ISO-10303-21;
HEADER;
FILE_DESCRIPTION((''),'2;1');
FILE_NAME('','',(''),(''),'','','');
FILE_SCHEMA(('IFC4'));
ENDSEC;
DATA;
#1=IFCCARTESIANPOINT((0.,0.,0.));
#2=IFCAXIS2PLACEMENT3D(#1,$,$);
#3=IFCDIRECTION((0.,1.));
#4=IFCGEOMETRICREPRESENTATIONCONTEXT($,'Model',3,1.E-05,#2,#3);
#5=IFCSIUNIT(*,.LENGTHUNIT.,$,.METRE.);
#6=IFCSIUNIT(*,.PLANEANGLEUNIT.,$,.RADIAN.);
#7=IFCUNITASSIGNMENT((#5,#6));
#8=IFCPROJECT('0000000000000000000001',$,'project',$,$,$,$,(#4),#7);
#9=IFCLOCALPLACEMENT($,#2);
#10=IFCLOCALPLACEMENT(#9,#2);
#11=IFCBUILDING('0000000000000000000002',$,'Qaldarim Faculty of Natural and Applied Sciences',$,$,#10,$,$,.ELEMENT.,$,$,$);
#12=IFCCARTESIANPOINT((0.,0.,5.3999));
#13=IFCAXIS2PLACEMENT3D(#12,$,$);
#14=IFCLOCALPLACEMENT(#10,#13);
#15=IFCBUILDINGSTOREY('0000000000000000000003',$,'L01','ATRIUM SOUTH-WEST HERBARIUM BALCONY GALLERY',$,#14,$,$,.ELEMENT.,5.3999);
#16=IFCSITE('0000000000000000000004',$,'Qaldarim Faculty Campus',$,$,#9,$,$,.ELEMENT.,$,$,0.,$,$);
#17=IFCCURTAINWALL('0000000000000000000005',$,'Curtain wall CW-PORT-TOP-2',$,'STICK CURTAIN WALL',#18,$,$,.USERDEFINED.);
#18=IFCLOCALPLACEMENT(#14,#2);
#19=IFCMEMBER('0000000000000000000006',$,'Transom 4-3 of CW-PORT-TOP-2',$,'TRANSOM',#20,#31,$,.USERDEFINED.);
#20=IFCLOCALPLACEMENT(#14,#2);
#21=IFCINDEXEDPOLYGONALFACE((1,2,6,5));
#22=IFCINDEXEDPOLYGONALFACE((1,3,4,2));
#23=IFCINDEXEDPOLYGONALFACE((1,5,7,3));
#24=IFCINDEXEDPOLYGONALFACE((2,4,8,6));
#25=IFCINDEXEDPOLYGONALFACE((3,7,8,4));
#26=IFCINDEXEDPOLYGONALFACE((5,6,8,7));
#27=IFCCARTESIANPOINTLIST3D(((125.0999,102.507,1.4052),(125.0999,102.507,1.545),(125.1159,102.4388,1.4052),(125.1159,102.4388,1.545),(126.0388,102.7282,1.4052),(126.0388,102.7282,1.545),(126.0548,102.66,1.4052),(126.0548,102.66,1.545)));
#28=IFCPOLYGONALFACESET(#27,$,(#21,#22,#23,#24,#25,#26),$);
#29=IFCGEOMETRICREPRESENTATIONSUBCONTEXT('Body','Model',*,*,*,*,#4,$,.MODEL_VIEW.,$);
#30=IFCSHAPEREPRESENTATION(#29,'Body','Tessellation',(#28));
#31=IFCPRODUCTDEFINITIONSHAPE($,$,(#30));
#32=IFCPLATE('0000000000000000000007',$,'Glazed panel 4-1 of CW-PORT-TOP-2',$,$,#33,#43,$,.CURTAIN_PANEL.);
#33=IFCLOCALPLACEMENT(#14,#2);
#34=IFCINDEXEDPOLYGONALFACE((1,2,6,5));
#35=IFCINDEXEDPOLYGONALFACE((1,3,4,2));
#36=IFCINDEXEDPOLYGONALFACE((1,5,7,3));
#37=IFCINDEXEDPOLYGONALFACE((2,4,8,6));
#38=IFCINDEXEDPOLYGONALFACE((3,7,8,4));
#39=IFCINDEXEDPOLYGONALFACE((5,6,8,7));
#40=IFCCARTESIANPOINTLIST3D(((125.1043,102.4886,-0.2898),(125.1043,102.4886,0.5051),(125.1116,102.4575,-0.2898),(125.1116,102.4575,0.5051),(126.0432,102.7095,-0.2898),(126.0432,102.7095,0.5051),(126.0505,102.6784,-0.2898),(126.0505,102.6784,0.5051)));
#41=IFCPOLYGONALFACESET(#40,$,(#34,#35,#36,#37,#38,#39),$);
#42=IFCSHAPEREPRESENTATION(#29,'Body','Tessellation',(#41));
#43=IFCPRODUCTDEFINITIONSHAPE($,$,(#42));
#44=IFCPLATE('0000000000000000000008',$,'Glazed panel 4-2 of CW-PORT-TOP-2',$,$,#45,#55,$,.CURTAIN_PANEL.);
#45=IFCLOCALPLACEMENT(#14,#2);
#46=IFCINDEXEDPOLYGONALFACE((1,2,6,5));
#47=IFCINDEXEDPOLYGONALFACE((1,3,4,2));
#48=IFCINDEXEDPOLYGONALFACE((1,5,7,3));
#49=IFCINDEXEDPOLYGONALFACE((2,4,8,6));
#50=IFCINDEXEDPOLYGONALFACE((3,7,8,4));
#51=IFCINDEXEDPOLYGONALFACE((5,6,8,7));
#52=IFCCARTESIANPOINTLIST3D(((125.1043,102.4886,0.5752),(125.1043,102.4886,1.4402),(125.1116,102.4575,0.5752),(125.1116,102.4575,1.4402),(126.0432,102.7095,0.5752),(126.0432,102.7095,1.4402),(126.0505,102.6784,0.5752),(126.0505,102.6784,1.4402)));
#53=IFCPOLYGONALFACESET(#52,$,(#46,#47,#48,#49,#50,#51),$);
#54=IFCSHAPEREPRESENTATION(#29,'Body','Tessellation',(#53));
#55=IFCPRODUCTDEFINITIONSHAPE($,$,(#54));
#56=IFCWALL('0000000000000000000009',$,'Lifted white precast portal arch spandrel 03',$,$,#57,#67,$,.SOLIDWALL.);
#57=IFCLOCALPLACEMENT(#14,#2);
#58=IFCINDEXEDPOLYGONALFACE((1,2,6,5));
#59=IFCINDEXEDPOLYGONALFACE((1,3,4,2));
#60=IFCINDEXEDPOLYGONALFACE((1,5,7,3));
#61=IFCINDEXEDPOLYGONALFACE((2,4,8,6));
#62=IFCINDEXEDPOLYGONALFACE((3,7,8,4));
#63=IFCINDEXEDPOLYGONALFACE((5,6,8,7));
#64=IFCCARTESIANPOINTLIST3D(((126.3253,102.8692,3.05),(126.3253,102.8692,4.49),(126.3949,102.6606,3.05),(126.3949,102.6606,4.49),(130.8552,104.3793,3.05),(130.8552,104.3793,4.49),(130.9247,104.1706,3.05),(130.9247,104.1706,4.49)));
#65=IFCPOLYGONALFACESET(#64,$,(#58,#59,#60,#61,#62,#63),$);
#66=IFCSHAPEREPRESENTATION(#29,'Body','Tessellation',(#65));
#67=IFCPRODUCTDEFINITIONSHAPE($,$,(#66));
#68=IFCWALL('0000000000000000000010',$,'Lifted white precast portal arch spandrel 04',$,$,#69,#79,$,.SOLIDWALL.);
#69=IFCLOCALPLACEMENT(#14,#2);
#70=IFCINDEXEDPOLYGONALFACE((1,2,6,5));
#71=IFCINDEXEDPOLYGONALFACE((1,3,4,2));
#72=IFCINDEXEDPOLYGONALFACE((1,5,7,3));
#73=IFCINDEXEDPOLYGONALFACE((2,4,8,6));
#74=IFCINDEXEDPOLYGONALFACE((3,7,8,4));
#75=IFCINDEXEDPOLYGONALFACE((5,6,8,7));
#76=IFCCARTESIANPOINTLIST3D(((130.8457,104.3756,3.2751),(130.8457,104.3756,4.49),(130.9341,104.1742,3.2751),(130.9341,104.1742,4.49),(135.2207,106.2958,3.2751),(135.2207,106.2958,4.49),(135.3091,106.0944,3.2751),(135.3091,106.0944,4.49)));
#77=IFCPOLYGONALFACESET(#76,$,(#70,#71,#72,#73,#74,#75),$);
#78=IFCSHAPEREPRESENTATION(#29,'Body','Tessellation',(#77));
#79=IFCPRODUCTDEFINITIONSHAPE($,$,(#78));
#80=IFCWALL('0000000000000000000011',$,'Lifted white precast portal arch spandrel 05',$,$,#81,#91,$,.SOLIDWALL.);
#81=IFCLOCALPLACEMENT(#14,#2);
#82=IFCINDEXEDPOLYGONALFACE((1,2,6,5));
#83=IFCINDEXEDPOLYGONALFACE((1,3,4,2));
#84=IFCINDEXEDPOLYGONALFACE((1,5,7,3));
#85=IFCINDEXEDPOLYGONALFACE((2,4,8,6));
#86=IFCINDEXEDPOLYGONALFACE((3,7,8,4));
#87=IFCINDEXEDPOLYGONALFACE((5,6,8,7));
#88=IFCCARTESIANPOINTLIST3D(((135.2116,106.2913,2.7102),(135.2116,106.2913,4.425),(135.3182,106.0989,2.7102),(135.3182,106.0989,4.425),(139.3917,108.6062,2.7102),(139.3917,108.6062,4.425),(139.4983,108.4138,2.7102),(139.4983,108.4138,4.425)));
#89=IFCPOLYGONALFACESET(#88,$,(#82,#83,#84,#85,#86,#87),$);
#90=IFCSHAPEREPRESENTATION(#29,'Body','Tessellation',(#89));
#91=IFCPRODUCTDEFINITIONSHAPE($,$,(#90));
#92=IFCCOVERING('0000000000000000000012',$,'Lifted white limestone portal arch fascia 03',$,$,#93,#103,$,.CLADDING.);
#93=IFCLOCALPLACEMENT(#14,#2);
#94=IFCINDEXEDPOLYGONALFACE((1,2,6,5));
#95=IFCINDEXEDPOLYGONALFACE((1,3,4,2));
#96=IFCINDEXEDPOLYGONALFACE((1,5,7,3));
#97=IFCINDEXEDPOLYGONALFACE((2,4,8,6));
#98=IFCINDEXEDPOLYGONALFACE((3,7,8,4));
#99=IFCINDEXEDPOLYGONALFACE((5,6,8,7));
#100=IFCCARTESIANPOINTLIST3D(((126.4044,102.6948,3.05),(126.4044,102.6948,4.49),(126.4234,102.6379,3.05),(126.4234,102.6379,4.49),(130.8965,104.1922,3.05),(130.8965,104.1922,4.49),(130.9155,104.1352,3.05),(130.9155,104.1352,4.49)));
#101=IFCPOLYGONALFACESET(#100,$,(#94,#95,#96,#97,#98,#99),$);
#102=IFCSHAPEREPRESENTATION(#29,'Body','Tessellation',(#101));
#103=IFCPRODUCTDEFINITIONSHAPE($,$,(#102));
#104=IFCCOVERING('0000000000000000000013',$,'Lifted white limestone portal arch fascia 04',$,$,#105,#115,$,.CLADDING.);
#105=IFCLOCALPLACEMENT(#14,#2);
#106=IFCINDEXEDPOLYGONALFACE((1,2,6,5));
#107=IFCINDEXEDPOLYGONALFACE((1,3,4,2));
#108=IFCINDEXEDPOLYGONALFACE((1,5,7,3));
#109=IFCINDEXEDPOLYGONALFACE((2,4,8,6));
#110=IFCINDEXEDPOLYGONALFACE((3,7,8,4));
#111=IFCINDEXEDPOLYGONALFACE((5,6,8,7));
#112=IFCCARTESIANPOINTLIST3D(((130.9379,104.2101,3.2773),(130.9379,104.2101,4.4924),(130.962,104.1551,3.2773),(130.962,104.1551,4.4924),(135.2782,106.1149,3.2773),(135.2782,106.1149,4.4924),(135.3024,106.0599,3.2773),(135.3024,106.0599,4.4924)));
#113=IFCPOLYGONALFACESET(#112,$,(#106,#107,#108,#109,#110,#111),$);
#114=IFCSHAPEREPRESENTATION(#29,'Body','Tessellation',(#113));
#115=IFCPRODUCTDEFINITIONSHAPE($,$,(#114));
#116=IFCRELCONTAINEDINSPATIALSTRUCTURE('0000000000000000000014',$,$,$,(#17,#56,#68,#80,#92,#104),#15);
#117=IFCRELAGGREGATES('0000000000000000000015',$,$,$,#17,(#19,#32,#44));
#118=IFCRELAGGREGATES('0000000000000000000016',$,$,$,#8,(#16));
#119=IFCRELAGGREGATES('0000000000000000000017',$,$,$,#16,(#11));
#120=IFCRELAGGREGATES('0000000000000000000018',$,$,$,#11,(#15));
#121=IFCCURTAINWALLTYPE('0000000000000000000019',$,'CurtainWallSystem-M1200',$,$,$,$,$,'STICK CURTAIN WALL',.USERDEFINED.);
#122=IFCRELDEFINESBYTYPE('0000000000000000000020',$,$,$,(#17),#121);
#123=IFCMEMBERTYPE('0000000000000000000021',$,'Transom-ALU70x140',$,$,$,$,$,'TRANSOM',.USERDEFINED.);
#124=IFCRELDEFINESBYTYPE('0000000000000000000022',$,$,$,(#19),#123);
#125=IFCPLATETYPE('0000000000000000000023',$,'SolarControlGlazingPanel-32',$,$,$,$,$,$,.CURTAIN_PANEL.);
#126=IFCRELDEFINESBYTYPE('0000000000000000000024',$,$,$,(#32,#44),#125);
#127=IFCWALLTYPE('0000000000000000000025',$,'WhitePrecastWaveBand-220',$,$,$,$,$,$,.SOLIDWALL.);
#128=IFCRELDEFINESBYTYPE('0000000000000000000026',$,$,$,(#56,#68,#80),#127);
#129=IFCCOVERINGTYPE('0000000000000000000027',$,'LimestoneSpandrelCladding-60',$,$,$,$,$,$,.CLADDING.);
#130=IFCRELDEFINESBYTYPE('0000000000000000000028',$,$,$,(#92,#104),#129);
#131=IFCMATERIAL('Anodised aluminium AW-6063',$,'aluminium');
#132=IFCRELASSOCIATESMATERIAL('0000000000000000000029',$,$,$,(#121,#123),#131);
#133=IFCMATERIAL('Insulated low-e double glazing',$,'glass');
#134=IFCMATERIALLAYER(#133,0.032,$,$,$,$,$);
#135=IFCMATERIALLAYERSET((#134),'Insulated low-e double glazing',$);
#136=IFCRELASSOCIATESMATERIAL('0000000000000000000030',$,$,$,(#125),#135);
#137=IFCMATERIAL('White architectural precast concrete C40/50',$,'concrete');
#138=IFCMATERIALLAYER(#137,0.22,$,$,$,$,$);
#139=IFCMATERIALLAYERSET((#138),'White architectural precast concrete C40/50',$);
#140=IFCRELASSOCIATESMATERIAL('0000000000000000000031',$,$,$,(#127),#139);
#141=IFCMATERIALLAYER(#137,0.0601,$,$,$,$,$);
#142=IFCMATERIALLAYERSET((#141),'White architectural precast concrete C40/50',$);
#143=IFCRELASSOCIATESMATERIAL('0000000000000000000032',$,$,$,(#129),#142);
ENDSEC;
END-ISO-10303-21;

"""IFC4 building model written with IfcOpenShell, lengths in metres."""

from ifc_helpers import new_model, si_unit, direction, frame, frame_2d, origin, origin_2d, place, context, subcontext, project, spatial, rectangle, extrude, material, layer, layer_set, material_profile, profile_set, type_object, element, aggregate, save


model = new_model("IFC4")

# Units and contexts
model_context = context("Model", 3, precision=1e-05, world=origin(), true_north=direction((0.0, 1.0)))
body_context = subcontext(model_context, "Body", "Model", "MODEL_VIEW")
ifc_project = project(units=[si_unit("LENGTHUNIT", "METRE"), si_unit("PLANEANGLEUNIT", "RADIAN")], contexts=[model_context])

# Site, building, storey
site_placement = place(None, origin())
site = spatial("IfcSite", under=ifc_project, at=site_placement, Name="Qaldarim Faculty Campus", CompositionType="ELEMENT", RefElevation=0.0)
building_placement = place(site_placement, origin())
building = spatial("IfcBuilding", under=site, at=building_placement, Name="Qaldarim Faculty of Natural and Applied Sciences", CompositionType="ELEMENT")
storey_placement = place(building_placement, frame((0.0, 0.0, 5.3999)))
storey = spatial("IfcBuildingStorey", under=building, at=storey_placement, Name="L01", Description="ATRIUM SOUTH-WEST HERBARIUM BALCONY GALLERY", CompositionType="ELEMENT", Elevation=5.3999)

# Curtain wall
ifc_material_1 = material(Name="Anodised aluminium AW-6063", Category="aluminium")
curtain_wall_type = type_object("IfcCurtainWallType", Name="CurtainWallSystem-M1200", ElementType="STICK CURTAIN WALL", PredefinedType="USERDEFINED", material=ifc_material_1)
curtain_wall_1_placement = place(storey_placement, origin())
curtain_wall_1 = element("IfcCurtainWall", 1, at=curtain_wall_1_placement, inside=storey, type_object=curtain_wall_type, Name="Curtain wall CW-PORT-TOP-2", ObjectType="STICK CURTAIN WALL", PredefinedType="USERDEFINED")

# Member
ifc_material_profile_1 = material_profile(ifc_material_1, rectangle(XDim=0.0701, YDim=0.1399, at=origin_2d()), Name="ALU-T70x140")
ifc_profile_set_1 = profile_set([ifc_material_profile_1], Name="Anodised aluminium AW-6063")
member_type_1 = type_object("IfcMemberType", Name="Transom-ALU70x140", ElementType="TRANSOM", PredefinedType="USERDEFINED", material=ifc_profile_set_1)
member_1_placement = place(storey_placement, frame((125.1079, 102.4729, 1.4751), z_axis=(0.973357, 0.229293, 0.0), x_axis=(-0.229293, 0.973357, 0.0)))
member_1 = element("IfcMember", 2, at=member_1_placement, type_object=member_type_1, Name="Transom 4-3 of CW-PORT-TOP-2", ObjectType="TRANSOM", PredefinedType="USERDEFINED", context=body_context, shape_type="SweptSolid", body=[
    extrude(rectangle(XDim=0.0701, YDim=0.1399, at=origin_2d()), origin(), (0.0, 0.0, 1.0), 0.9646),
])

# Plates
ifc_material_2 = material(Name="Insulated low-e double glazing", Category="glass")
ifc_layer_1 = layer(ifc_material_2, 0.032)
ifc_layer_set_1 = layer_set([ifc_layer_1], Name="Insulated low-e double glazing")
plate_type = type_object("IfcPlateType", Name="SolarControlGlazingPanel-32", PredefinedType="CURTAIN_PANEL", material=ifc_layer_set_1)
plate_1_placement = place(storey_placement, frame((125.5774, 102.5835, -0.2898), z_axis=(0.0, 0.0, 1.0), x_axis=(0.973415, 0.229047, 0.0)))
plate_1 = element("IfcPlate", 3, at=plate_1_placement, type_object=plate_type, Name="Glazed panel 4-1 of CW-PORT-TOP-2", PredefinedType="CURTAIN_PANEL", context=body_context, shape_type="SweptSolid", body=[
    extrude(rectangle(XDim=0.9646, YDim=0.032, at=origin_2d()), origin(), (0.0, 0.0, 1.0), 0.7949),
])
plate_2_placement = place(storey_placement, frame((125.5774, 102.5835, 0.5752), z_axis=(0.0, 0.0, 1.0), x_axis=(0.973415, 0.229047, 0.0)))
plate_2 = element("IfcPlate", 4, at=plate_2_placement, type_object=plate_type, Name="Glazed panel 4-2 of CW-PORT-TOP-2", PredefinedType="CURTAIN_PANEL", context=body_context, shape_type="SweptSolid", body=[
    extrude(rectangle(XDim=0.9646, YDim=0.032, at=origin_2d()), origin(), (0.0, 0.0, 1.0), 0.865),
])
aggregate(curtain_wall_1, [member_1, plate_1, plate_2])

# Walls
ifc_material_3 = material(Name="White architectural precast concrete C40/50", Category="concrete")
ifc_layer_2 = layer(ifc_material_3, 0.22)
ifc_layer_set_2 = layer_set([ifc_layer_2], Name="White architectural precast concrete C40/50")
wall_type = type_object("IfcWallType", Name="WhitePrecastWaveBand-220", PredefinedType="SOLIDWALL", material=ifc_layer_set_2)
wall_1_placement = place(storey_placement, frame((126.3601, 102.7649, 3.05), z_axis=(0.0, 0.0, 1.0), x_axis=(0.948678, 0.316243, 0.0)))
element("IfcWall", 5, at=wall_1_placement, inside=storey, type_object=wall_type, Name="Lifted white precast portal arch spandrel 03", PredefinedType="SOLIDWALL", context=body_context, shape_type="SweptSolid", body=[
    extrude(rectangle(XDim=4.7749, YDim=0.22, at=frame_2d((2.3875, 0.0))), origin(), (0.0, 0.0, 1.0), 1.4399),
])
wall_2_placement = place(storey_placement, frame((130.8899, 104.2749, 3.2751), z_axis=(0.0, 0.0, 1.0), x_axis=(0.915688, 0.401891, 0.0)))
element("IfcWall", 6, at=wall_2_placement, inside=storey, type_object=wall_type, Name="Lifted white precast portal arch spandrel 04", PredefinedType="SOLIDWALL", context=body_context, shape_type="SweptSolid", body=[
    extrude(rectangle(XDim=4.7778, YDim=0.22, at=frame_2d((2.3889, 0.0))), origin(), (0.0, 0.0, 1.0), 1.2148),
])
wall_3_placement = place(storey_placement, frame((135.2649, 106.1951, 2.7102), z_axis=(0.0, 0.0, 1.0), x_axis=(0.874812, 0.484463, 0.0)))
element("IfcWall", 7, at=wall_3_placement, inside=storey, type_object=wall_type, Name="Lifted white precast portal arch spandrel 05", PredefinedType="SOLIDWALL", context=body_context, shape_type="SweptSolid", body=[
    extrude(rectangle(XDim=4.7783, YDim=0.22, at=frame_2d((2.3892, 0.0))), origin(), (0.0, 0.0, 1.0), 1.7148),
])

# Coverings
ifc_layer_3 = layer(ifc_material_3, 0.0601)
ifc_layer_set_3 = layer_set([ifc_layer_3], Name="White architectural precast concrete C40/50")
covering_type = type_object("IfcCoveringType", Name="LimestoneSpandrelCladding-60", PredefinedType="CLADDING", material=ifc_layer_set_3)
covering_1_placement = place(storey_placement, frame((128.6599, 103.415, 3.05), z_axis=(0.0, 0.0, 1.0), x_axis=(0.948683, 0.316229, 0.0)))
element("IfcCovering", 8, at=covering_1_placement, inside=storey, type_object=covering_type, Name="Lifted white limestone portal arch fascia 03", PredefinedType="CLADDING", context=body_context, shape_type="SweptSolid", body=[
    extrude(rectangle(XDim=4.7351, YDim=0.0601, at=origin_2d()), origin(), (0.0, 0.0, 1.0), 1.4399),
])
covering_2_placement = place(storey_placement, frame((133.1201, 105.135, 3.2773), z_axis=(0.0, 0.0, 1.0), x_axis=(0.915698, 0.401868, 0.0)))
element("IfcCovering", 9, at=covering_2_placement, inside=storey, type_object=covering_type, Name="Lifted white limestone portal arch fascia 04", PredefinedType="CLADDING", context=body_context, shape_type="SweptSolid", body=[
    extrude(rectangle(XDim=4.74, YDim=0.0601, at=origin_2d()), origin(), (0.0, 0.0, 1.0), 1.2151),
])

save(model, "model.ifc")
